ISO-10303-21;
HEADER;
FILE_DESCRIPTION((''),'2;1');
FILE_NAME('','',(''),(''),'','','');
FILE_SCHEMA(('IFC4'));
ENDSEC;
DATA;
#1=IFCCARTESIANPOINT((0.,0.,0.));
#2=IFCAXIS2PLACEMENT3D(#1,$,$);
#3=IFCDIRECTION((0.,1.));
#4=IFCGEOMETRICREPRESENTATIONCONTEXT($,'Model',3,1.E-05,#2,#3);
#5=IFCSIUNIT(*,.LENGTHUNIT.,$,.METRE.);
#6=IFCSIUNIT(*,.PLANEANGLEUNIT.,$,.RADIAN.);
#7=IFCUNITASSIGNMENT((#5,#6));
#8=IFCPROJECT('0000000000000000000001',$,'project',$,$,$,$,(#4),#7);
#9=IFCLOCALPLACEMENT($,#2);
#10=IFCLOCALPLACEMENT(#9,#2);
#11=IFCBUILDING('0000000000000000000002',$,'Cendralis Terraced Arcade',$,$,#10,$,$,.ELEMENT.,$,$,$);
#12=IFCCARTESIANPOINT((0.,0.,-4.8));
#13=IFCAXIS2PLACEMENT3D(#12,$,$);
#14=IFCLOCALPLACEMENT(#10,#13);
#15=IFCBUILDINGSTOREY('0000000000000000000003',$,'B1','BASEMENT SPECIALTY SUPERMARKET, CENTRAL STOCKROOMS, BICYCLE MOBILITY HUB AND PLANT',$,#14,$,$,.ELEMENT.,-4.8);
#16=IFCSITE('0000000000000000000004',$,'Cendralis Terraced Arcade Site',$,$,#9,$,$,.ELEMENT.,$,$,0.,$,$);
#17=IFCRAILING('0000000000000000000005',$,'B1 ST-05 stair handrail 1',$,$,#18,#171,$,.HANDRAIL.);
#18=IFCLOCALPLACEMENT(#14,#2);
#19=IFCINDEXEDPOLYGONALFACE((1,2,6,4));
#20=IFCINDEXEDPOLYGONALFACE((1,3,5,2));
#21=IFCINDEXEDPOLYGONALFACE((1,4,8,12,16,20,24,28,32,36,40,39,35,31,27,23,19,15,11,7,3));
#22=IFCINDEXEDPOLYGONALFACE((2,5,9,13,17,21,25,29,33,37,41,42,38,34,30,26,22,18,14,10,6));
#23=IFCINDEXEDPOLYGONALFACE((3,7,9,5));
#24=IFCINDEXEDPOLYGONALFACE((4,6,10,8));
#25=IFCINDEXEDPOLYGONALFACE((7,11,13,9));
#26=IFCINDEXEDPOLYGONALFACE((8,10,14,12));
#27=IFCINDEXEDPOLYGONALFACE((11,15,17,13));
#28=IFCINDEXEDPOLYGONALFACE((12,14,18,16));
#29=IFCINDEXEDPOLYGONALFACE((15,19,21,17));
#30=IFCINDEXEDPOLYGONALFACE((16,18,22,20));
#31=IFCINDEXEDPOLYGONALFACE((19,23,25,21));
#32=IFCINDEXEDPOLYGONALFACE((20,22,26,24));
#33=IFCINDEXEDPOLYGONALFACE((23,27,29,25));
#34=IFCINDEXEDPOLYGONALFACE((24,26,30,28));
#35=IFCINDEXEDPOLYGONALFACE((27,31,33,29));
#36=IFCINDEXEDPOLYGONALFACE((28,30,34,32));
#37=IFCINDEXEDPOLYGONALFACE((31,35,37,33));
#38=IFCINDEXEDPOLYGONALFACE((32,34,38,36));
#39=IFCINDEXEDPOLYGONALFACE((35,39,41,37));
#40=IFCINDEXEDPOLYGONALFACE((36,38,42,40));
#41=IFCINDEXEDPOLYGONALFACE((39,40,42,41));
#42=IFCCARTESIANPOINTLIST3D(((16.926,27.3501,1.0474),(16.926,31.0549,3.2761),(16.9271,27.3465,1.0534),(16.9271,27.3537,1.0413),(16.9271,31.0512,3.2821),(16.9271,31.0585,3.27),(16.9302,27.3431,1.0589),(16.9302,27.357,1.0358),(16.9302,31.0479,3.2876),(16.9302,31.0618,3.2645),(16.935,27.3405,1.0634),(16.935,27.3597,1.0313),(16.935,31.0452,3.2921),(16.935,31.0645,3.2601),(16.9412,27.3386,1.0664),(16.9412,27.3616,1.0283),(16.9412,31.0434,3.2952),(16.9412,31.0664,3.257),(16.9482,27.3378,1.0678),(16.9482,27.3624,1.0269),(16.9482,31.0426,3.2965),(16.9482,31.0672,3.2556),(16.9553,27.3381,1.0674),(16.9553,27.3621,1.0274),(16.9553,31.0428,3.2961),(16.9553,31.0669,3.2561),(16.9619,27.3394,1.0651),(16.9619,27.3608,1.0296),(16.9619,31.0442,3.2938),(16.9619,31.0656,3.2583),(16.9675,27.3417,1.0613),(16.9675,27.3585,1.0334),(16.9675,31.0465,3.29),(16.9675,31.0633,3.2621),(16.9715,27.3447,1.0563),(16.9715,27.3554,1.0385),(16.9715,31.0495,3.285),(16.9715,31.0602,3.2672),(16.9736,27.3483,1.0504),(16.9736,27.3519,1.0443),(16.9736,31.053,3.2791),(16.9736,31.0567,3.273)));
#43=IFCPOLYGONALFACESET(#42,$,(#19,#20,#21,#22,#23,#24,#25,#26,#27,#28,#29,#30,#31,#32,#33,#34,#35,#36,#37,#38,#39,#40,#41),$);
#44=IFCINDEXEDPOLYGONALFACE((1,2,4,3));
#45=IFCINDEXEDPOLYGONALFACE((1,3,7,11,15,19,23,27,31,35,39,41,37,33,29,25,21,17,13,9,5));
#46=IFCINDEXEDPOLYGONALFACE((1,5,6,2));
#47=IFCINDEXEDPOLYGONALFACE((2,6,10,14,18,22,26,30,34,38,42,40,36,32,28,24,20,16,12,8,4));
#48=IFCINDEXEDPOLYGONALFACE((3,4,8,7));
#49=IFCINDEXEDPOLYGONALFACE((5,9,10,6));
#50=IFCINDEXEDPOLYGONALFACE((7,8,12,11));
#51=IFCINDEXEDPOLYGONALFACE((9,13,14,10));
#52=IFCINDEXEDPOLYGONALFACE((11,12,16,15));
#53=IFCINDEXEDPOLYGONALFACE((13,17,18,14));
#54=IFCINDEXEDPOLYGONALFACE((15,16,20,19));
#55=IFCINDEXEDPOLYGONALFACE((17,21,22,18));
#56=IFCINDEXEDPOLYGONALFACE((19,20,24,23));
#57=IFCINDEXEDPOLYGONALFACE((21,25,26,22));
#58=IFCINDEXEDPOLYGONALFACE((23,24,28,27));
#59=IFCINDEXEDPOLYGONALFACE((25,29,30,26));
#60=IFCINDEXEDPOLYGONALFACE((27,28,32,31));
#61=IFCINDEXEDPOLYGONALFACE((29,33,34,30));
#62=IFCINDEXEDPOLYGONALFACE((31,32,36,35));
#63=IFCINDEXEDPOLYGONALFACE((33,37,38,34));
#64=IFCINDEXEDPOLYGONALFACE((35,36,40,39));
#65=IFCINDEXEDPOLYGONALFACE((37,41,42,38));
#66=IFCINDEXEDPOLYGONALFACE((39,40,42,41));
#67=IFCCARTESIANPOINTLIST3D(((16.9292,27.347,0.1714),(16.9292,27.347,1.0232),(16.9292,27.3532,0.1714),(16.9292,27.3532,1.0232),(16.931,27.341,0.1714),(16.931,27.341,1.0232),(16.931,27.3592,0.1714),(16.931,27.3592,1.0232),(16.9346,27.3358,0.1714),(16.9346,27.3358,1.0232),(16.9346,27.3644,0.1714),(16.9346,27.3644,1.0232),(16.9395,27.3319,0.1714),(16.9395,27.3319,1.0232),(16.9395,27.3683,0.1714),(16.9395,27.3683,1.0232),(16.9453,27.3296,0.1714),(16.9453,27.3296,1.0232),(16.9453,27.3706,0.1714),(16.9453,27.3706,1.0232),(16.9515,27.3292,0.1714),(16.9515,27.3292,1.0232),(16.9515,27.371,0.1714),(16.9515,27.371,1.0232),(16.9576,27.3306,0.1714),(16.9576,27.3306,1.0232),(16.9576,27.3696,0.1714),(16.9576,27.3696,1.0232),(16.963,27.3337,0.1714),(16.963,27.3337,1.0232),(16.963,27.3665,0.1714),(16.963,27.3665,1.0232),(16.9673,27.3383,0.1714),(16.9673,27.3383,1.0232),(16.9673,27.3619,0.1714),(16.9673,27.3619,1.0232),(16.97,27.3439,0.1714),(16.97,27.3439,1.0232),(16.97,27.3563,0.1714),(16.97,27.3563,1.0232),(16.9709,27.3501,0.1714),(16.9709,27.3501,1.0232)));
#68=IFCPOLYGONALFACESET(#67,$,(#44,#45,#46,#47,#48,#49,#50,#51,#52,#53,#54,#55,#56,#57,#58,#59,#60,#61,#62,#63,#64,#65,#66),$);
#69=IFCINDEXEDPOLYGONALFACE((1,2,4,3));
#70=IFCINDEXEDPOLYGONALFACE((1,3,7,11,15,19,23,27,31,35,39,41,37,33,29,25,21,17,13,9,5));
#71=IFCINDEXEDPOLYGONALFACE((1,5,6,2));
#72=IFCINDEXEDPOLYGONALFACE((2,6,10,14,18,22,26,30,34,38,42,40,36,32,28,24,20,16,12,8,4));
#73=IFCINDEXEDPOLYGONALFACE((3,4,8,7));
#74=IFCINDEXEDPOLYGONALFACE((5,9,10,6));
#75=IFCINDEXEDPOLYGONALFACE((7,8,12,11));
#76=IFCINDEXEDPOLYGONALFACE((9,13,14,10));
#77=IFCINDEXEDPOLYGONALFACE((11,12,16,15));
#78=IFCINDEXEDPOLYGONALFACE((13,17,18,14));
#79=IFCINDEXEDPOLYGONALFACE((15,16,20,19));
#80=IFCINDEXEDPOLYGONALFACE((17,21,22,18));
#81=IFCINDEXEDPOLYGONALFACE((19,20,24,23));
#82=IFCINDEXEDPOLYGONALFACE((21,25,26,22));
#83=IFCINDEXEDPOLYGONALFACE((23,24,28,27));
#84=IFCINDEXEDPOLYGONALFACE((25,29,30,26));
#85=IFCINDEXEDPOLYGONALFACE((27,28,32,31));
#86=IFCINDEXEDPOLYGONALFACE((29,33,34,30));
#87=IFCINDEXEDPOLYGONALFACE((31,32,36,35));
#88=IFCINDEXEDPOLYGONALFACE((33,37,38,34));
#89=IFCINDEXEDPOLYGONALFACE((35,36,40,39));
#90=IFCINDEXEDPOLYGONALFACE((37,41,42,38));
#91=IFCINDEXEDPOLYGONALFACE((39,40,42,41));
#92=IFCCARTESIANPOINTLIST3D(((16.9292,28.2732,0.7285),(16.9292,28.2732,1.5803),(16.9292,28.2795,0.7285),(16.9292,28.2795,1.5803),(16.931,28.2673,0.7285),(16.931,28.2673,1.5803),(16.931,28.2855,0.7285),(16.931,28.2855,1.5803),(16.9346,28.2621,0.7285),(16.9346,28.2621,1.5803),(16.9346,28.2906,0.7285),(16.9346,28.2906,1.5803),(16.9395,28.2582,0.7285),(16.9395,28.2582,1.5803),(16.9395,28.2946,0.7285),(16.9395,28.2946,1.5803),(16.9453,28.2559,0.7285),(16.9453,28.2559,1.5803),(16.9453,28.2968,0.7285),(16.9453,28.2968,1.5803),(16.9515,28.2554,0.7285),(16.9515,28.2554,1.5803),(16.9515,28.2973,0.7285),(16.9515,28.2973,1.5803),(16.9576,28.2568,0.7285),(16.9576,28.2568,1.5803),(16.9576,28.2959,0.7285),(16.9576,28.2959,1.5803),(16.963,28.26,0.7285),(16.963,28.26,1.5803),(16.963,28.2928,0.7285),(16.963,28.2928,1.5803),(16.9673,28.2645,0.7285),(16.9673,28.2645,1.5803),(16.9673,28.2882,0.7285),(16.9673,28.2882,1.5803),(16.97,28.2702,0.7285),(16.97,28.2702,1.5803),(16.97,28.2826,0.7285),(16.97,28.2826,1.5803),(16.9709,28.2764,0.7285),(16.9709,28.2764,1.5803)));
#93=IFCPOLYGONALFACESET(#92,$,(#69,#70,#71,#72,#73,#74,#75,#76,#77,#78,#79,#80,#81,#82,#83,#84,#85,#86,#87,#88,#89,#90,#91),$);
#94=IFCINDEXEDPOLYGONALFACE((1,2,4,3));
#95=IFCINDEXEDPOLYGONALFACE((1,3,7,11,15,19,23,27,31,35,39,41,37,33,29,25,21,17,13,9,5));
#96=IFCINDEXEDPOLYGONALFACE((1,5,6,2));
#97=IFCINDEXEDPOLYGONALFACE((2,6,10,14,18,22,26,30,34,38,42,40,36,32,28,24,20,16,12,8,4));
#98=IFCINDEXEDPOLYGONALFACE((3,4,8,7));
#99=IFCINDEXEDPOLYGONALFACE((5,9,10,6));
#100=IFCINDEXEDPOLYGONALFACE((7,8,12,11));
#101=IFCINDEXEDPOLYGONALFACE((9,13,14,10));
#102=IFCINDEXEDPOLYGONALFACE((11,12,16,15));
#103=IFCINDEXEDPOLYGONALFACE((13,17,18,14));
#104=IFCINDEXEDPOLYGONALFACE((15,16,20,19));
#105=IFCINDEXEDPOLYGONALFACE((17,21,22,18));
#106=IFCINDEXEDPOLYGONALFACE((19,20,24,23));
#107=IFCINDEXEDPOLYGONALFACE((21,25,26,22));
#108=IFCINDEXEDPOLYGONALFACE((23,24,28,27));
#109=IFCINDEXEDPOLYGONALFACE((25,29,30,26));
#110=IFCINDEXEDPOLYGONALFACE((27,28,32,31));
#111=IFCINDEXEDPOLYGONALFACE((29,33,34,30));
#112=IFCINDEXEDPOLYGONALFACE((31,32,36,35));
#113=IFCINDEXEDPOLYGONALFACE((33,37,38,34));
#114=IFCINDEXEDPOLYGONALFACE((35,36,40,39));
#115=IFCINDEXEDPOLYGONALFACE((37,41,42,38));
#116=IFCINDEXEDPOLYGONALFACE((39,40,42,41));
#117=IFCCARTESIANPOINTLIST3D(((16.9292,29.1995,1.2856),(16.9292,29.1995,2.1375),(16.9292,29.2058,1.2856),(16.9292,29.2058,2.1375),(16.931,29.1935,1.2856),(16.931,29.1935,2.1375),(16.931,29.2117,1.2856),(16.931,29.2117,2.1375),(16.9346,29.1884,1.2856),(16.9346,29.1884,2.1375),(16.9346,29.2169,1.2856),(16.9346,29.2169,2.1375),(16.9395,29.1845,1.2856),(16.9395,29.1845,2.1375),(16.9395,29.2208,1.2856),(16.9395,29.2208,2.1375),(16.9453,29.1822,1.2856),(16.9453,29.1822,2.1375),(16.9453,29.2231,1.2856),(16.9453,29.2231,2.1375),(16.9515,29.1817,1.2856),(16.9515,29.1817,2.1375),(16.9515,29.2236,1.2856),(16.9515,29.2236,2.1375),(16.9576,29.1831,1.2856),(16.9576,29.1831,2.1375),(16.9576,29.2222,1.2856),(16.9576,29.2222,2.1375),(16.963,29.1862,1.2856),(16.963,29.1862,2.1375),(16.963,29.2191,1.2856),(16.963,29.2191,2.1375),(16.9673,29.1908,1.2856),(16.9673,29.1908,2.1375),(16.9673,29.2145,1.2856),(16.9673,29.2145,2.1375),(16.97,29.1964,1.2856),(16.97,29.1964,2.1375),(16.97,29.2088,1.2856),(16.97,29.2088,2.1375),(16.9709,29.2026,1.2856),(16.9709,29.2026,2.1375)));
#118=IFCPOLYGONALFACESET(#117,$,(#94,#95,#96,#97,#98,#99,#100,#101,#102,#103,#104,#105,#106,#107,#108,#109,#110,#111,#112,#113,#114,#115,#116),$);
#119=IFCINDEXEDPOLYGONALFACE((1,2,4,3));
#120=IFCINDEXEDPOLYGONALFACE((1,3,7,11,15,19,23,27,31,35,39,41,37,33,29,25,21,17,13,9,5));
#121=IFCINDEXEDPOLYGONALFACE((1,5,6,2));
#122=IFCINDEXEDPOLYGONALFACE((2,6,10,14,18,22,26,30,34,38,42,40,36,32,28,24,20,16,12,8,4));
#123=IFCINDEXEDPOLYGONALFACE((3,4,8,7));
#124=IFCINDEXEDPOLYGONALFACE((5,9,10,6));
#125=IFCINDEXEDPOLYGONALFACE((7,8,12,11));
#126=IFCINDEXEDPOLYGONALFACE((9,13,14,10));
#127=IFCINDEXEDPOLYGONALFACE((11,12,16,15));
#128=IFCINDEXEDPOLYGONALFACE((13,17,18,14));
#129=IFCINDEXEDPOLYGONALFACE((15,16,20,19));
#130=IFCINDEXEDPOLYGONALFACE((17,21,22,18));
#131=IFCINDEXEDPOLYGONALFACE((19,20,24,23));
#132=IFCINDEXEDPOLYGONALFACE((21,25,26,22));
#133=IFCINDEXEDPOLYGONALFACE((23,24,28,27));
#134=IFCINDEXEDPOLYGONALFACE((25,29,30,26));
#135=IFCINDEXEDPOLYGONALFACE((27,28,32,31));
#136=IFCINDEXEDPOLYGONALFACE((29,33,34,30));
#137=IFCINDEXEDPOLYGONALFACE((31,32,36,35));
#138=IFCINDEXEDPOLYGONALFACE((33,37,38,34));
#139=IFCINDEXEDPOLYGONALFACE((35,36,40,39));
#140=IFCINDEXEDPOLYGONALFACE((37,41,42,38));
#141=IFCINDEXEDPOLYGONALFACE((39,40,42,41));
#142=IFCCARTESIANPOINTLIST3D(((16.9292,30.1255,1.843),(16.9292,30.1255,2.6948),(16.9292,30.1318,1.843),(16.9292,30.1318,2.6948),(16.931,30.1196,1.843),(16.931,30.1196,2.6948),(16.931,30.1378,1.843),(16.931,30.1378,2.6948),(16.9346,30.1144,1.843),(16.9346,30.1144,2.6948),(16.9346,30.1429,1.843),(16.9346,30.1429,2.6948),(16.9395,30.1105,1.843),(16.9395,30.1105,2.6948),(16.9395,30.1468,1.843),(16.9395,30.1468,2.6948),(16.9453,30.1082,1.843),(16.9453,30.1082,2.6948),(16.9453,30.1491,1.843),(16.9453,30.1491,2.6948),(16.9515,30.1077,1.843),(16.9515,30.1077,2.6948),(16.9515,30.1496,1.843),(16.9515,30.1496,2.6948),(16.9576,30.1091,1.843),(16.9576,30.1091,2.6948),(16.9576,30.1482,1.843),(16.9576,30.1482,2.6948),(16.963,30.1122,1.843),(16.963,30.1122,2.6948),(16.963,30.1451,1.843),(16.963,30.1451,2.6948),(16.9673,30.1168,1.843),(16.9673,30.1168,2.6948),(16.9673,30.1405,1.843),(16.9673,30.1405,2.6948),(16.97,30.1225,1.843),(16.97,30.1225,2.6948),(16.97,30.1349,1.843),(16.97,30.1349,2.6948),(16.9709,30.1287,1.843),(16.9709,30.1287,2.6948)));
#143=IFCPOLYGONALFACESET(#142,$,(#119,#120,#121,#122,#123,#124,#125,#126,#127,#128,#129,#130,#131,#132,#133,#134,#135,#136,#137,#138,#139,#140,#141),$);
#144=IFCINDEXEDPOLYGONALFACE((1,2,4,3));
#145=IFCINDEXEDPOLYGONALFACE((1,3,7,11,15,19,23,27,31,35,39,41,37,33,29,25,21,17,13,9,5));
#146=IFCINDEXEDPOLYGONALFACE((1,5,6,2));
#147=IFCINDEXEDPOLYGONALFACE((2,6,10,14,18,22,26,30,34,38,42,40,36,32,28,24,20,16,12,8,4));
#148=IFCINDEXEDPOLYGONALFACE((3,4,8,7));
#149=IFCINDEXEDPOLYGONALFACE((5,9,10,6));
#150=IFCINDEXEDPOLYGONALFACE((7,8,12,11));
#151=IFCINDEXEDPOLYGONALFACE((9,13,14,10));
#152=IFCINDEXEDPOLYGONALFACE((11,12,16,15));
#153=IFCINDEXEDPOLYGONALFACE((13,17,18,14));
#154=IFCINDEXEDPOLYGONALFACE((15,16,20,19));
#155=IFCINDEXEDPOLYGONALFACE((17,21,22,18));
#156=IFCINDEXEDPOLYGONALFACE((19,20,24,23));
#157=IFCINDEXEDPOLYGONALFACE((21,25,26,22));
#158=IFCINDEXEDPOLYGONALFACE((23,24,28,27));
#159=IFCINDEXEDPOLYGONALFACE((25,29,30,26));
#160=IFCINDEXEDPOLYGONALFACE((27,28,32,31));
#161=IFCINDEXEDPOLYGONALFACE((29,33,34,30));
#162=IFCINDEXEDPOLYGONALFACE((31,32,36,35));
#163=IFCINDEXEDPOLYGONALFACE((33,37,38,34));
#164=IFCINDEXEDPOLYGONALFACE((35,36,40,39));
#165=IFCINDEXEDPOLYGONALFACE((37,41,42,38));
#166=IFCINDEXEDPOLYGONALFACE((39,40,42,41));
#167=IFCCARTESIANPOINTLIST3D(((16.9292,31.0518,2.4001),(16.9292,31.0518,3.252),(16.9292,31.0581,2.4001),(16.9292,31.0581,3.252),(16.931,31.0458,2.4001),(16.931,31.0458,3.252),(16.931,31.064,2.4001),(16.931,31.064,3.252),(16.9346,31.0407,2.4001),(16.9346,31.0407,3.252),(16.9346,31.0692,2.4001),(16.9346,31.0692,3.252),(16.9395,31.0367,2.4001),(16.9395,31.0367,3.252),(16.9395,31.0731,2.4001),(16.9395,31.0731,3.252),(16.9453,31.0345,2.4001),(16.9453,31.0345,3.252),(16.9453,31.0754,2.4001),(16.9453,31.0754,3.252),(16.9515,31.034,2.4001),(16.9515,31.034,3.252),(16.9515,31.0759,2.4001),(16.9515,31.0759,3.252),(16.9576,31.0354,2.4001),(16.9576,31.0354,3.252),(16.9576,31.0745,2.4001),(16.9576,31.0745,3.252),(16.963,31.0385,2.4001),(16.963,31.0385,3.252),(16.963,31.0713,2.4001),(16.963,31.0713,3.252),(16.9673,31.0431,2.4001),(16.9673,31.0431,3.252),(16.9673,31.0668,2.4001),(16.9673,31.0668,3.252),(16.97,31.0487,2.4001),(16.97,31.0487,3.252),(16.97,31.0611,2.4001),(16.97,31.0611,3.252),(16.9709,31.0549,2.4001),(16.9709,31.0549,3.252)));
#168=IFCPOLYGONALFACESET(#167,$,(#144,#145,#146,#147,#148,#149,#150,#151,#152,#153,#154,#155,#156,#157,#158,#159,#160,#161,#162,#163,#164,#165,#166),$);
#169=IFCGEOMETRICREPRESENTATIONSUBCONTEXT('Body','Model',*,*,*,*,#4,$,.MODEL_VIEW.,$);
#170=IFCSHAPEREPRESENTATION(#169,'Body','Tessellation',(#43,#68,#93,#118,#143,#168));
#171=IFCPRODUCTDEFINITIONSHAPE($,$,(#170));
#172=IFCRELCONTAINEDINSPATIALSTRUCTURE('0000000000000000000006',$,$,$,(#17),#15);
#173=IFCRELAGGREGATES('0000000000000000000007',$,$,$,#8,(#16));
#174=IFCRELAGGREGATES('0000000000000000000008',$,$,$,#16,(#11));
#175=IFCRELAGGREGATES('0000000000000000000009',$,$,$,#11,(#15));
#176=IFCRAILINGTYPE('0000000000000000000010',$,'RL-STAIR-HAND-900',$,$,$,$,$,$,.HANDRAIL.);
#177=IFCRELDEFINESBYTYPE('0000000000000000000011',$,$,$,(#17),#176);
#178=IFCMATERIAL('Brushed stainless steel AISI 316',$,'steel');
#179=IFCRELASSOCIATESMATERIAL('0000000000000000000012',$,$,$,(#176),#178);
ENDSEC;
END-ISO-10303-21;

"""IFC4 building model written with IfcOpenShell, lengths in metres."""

from ifc_helpers import new_model, si_unit, direction, frame, origin, origin_2d, place, context, subcontext, project, spatial, circle, extrude, material, type_object, element, save


model = new_model("IFC4")

# Units and contexts
model_context = context("Model", 3, precision=1e-05, world=origin(), true_north=direction((0.0, 1.0)))
body_context = subcontext(model_context, "Body", "Model", "MODEL_VIEW")
ifc_project = project(units=[si_unit("LENGTHUNIT", "METRE"), si_unit("PLANEANGLEUNIT", "RADIAN")], contexts=[model_context])

# Site, building, storey
site_placement = place(None, origin())
site = spatial("IfcSite", under=ifc_project, at=site_placement, Name="Cendralis Terraced Arcade Site", CompositionType="ELEMENT", RefElevation=0.0)
building_placement = place(site_placement, origin())
building = spatial("IfcBuilding", under=site, at=building_placement, Name="Cendralis Terraced Arcade", CompositionType="ELEMENT")
storey_placement = place(building_placement, frame((0.0, 0.0, -4.8)))
storey = spatial("IfcBuildingStorey", under=building, at=storey_placement, Name="B1", Description="BASEMENT SPECIALTY SUPERMARKET, CENTRAL STOCKROOMS, BICYCLE MOBILITY HUB AND PLANT", CompositionType="ELEMENT", Elevation=-4.8)

# Railing
ifc_material_1 = material(Name="Brushed stainless steel AISI 316", Category="steel")
railing_type_1 = type_object("IfcRailingType", Name="RL-STAIR-HAND-900", PredefinedType="HANDRAIL", material=ifc_material_1)
railing_1_placement = place(storey_placement, frame((16.95, 27.3501, 0.1714)))
element("IfcRailing", 1, at=railing_1_placement, inside=storey, type_object=railing_type_1, Name="B1 ST-05 stair handrail 1", PredefinedType="HANDRAIL", context=body_context, shape_type="SweptSolid", body=[
    extrude(circle(Radius=0.0239, at=origin_2d()), frame((0.0, 0.0, 0.876), z_axis=(0.0, 0.856894, 0.515492), x_axis=(-1.0, 0.0, 0.0)), (0.0, 0.0, 1.0), 4.3235),
    extrude(circle(Radius=0.021, at=origin_2d()), origin(), (0.0, 0.0, 1.0), 0.8518),
    extrude(circle(Radius=0.021, at=origin_2d()), frame((0.0, 0.9263, 0.5571)), (0.0, 0.0, 1.0), 0.8518),
    extrude(circle(Radius=0.021, at=origin_2d()), frame((0.0, 1.8525, 1.1143)), (0.0, 0.0, 1.0), 0.8518),
    extrude(circle(Radius=0.021, at=origin_2d()), frame((0.0, 2.7786, 1.6716)), (0.0, 0.0, 1.0), 0.8518),
    extrude(circle(Radius=0.021, at=origin_2d()), frame((0.0, 3.7048, 2.2288)), (0.0, 0.0, 1.0), 0.8518),
])

save(model, "model.ifc")
